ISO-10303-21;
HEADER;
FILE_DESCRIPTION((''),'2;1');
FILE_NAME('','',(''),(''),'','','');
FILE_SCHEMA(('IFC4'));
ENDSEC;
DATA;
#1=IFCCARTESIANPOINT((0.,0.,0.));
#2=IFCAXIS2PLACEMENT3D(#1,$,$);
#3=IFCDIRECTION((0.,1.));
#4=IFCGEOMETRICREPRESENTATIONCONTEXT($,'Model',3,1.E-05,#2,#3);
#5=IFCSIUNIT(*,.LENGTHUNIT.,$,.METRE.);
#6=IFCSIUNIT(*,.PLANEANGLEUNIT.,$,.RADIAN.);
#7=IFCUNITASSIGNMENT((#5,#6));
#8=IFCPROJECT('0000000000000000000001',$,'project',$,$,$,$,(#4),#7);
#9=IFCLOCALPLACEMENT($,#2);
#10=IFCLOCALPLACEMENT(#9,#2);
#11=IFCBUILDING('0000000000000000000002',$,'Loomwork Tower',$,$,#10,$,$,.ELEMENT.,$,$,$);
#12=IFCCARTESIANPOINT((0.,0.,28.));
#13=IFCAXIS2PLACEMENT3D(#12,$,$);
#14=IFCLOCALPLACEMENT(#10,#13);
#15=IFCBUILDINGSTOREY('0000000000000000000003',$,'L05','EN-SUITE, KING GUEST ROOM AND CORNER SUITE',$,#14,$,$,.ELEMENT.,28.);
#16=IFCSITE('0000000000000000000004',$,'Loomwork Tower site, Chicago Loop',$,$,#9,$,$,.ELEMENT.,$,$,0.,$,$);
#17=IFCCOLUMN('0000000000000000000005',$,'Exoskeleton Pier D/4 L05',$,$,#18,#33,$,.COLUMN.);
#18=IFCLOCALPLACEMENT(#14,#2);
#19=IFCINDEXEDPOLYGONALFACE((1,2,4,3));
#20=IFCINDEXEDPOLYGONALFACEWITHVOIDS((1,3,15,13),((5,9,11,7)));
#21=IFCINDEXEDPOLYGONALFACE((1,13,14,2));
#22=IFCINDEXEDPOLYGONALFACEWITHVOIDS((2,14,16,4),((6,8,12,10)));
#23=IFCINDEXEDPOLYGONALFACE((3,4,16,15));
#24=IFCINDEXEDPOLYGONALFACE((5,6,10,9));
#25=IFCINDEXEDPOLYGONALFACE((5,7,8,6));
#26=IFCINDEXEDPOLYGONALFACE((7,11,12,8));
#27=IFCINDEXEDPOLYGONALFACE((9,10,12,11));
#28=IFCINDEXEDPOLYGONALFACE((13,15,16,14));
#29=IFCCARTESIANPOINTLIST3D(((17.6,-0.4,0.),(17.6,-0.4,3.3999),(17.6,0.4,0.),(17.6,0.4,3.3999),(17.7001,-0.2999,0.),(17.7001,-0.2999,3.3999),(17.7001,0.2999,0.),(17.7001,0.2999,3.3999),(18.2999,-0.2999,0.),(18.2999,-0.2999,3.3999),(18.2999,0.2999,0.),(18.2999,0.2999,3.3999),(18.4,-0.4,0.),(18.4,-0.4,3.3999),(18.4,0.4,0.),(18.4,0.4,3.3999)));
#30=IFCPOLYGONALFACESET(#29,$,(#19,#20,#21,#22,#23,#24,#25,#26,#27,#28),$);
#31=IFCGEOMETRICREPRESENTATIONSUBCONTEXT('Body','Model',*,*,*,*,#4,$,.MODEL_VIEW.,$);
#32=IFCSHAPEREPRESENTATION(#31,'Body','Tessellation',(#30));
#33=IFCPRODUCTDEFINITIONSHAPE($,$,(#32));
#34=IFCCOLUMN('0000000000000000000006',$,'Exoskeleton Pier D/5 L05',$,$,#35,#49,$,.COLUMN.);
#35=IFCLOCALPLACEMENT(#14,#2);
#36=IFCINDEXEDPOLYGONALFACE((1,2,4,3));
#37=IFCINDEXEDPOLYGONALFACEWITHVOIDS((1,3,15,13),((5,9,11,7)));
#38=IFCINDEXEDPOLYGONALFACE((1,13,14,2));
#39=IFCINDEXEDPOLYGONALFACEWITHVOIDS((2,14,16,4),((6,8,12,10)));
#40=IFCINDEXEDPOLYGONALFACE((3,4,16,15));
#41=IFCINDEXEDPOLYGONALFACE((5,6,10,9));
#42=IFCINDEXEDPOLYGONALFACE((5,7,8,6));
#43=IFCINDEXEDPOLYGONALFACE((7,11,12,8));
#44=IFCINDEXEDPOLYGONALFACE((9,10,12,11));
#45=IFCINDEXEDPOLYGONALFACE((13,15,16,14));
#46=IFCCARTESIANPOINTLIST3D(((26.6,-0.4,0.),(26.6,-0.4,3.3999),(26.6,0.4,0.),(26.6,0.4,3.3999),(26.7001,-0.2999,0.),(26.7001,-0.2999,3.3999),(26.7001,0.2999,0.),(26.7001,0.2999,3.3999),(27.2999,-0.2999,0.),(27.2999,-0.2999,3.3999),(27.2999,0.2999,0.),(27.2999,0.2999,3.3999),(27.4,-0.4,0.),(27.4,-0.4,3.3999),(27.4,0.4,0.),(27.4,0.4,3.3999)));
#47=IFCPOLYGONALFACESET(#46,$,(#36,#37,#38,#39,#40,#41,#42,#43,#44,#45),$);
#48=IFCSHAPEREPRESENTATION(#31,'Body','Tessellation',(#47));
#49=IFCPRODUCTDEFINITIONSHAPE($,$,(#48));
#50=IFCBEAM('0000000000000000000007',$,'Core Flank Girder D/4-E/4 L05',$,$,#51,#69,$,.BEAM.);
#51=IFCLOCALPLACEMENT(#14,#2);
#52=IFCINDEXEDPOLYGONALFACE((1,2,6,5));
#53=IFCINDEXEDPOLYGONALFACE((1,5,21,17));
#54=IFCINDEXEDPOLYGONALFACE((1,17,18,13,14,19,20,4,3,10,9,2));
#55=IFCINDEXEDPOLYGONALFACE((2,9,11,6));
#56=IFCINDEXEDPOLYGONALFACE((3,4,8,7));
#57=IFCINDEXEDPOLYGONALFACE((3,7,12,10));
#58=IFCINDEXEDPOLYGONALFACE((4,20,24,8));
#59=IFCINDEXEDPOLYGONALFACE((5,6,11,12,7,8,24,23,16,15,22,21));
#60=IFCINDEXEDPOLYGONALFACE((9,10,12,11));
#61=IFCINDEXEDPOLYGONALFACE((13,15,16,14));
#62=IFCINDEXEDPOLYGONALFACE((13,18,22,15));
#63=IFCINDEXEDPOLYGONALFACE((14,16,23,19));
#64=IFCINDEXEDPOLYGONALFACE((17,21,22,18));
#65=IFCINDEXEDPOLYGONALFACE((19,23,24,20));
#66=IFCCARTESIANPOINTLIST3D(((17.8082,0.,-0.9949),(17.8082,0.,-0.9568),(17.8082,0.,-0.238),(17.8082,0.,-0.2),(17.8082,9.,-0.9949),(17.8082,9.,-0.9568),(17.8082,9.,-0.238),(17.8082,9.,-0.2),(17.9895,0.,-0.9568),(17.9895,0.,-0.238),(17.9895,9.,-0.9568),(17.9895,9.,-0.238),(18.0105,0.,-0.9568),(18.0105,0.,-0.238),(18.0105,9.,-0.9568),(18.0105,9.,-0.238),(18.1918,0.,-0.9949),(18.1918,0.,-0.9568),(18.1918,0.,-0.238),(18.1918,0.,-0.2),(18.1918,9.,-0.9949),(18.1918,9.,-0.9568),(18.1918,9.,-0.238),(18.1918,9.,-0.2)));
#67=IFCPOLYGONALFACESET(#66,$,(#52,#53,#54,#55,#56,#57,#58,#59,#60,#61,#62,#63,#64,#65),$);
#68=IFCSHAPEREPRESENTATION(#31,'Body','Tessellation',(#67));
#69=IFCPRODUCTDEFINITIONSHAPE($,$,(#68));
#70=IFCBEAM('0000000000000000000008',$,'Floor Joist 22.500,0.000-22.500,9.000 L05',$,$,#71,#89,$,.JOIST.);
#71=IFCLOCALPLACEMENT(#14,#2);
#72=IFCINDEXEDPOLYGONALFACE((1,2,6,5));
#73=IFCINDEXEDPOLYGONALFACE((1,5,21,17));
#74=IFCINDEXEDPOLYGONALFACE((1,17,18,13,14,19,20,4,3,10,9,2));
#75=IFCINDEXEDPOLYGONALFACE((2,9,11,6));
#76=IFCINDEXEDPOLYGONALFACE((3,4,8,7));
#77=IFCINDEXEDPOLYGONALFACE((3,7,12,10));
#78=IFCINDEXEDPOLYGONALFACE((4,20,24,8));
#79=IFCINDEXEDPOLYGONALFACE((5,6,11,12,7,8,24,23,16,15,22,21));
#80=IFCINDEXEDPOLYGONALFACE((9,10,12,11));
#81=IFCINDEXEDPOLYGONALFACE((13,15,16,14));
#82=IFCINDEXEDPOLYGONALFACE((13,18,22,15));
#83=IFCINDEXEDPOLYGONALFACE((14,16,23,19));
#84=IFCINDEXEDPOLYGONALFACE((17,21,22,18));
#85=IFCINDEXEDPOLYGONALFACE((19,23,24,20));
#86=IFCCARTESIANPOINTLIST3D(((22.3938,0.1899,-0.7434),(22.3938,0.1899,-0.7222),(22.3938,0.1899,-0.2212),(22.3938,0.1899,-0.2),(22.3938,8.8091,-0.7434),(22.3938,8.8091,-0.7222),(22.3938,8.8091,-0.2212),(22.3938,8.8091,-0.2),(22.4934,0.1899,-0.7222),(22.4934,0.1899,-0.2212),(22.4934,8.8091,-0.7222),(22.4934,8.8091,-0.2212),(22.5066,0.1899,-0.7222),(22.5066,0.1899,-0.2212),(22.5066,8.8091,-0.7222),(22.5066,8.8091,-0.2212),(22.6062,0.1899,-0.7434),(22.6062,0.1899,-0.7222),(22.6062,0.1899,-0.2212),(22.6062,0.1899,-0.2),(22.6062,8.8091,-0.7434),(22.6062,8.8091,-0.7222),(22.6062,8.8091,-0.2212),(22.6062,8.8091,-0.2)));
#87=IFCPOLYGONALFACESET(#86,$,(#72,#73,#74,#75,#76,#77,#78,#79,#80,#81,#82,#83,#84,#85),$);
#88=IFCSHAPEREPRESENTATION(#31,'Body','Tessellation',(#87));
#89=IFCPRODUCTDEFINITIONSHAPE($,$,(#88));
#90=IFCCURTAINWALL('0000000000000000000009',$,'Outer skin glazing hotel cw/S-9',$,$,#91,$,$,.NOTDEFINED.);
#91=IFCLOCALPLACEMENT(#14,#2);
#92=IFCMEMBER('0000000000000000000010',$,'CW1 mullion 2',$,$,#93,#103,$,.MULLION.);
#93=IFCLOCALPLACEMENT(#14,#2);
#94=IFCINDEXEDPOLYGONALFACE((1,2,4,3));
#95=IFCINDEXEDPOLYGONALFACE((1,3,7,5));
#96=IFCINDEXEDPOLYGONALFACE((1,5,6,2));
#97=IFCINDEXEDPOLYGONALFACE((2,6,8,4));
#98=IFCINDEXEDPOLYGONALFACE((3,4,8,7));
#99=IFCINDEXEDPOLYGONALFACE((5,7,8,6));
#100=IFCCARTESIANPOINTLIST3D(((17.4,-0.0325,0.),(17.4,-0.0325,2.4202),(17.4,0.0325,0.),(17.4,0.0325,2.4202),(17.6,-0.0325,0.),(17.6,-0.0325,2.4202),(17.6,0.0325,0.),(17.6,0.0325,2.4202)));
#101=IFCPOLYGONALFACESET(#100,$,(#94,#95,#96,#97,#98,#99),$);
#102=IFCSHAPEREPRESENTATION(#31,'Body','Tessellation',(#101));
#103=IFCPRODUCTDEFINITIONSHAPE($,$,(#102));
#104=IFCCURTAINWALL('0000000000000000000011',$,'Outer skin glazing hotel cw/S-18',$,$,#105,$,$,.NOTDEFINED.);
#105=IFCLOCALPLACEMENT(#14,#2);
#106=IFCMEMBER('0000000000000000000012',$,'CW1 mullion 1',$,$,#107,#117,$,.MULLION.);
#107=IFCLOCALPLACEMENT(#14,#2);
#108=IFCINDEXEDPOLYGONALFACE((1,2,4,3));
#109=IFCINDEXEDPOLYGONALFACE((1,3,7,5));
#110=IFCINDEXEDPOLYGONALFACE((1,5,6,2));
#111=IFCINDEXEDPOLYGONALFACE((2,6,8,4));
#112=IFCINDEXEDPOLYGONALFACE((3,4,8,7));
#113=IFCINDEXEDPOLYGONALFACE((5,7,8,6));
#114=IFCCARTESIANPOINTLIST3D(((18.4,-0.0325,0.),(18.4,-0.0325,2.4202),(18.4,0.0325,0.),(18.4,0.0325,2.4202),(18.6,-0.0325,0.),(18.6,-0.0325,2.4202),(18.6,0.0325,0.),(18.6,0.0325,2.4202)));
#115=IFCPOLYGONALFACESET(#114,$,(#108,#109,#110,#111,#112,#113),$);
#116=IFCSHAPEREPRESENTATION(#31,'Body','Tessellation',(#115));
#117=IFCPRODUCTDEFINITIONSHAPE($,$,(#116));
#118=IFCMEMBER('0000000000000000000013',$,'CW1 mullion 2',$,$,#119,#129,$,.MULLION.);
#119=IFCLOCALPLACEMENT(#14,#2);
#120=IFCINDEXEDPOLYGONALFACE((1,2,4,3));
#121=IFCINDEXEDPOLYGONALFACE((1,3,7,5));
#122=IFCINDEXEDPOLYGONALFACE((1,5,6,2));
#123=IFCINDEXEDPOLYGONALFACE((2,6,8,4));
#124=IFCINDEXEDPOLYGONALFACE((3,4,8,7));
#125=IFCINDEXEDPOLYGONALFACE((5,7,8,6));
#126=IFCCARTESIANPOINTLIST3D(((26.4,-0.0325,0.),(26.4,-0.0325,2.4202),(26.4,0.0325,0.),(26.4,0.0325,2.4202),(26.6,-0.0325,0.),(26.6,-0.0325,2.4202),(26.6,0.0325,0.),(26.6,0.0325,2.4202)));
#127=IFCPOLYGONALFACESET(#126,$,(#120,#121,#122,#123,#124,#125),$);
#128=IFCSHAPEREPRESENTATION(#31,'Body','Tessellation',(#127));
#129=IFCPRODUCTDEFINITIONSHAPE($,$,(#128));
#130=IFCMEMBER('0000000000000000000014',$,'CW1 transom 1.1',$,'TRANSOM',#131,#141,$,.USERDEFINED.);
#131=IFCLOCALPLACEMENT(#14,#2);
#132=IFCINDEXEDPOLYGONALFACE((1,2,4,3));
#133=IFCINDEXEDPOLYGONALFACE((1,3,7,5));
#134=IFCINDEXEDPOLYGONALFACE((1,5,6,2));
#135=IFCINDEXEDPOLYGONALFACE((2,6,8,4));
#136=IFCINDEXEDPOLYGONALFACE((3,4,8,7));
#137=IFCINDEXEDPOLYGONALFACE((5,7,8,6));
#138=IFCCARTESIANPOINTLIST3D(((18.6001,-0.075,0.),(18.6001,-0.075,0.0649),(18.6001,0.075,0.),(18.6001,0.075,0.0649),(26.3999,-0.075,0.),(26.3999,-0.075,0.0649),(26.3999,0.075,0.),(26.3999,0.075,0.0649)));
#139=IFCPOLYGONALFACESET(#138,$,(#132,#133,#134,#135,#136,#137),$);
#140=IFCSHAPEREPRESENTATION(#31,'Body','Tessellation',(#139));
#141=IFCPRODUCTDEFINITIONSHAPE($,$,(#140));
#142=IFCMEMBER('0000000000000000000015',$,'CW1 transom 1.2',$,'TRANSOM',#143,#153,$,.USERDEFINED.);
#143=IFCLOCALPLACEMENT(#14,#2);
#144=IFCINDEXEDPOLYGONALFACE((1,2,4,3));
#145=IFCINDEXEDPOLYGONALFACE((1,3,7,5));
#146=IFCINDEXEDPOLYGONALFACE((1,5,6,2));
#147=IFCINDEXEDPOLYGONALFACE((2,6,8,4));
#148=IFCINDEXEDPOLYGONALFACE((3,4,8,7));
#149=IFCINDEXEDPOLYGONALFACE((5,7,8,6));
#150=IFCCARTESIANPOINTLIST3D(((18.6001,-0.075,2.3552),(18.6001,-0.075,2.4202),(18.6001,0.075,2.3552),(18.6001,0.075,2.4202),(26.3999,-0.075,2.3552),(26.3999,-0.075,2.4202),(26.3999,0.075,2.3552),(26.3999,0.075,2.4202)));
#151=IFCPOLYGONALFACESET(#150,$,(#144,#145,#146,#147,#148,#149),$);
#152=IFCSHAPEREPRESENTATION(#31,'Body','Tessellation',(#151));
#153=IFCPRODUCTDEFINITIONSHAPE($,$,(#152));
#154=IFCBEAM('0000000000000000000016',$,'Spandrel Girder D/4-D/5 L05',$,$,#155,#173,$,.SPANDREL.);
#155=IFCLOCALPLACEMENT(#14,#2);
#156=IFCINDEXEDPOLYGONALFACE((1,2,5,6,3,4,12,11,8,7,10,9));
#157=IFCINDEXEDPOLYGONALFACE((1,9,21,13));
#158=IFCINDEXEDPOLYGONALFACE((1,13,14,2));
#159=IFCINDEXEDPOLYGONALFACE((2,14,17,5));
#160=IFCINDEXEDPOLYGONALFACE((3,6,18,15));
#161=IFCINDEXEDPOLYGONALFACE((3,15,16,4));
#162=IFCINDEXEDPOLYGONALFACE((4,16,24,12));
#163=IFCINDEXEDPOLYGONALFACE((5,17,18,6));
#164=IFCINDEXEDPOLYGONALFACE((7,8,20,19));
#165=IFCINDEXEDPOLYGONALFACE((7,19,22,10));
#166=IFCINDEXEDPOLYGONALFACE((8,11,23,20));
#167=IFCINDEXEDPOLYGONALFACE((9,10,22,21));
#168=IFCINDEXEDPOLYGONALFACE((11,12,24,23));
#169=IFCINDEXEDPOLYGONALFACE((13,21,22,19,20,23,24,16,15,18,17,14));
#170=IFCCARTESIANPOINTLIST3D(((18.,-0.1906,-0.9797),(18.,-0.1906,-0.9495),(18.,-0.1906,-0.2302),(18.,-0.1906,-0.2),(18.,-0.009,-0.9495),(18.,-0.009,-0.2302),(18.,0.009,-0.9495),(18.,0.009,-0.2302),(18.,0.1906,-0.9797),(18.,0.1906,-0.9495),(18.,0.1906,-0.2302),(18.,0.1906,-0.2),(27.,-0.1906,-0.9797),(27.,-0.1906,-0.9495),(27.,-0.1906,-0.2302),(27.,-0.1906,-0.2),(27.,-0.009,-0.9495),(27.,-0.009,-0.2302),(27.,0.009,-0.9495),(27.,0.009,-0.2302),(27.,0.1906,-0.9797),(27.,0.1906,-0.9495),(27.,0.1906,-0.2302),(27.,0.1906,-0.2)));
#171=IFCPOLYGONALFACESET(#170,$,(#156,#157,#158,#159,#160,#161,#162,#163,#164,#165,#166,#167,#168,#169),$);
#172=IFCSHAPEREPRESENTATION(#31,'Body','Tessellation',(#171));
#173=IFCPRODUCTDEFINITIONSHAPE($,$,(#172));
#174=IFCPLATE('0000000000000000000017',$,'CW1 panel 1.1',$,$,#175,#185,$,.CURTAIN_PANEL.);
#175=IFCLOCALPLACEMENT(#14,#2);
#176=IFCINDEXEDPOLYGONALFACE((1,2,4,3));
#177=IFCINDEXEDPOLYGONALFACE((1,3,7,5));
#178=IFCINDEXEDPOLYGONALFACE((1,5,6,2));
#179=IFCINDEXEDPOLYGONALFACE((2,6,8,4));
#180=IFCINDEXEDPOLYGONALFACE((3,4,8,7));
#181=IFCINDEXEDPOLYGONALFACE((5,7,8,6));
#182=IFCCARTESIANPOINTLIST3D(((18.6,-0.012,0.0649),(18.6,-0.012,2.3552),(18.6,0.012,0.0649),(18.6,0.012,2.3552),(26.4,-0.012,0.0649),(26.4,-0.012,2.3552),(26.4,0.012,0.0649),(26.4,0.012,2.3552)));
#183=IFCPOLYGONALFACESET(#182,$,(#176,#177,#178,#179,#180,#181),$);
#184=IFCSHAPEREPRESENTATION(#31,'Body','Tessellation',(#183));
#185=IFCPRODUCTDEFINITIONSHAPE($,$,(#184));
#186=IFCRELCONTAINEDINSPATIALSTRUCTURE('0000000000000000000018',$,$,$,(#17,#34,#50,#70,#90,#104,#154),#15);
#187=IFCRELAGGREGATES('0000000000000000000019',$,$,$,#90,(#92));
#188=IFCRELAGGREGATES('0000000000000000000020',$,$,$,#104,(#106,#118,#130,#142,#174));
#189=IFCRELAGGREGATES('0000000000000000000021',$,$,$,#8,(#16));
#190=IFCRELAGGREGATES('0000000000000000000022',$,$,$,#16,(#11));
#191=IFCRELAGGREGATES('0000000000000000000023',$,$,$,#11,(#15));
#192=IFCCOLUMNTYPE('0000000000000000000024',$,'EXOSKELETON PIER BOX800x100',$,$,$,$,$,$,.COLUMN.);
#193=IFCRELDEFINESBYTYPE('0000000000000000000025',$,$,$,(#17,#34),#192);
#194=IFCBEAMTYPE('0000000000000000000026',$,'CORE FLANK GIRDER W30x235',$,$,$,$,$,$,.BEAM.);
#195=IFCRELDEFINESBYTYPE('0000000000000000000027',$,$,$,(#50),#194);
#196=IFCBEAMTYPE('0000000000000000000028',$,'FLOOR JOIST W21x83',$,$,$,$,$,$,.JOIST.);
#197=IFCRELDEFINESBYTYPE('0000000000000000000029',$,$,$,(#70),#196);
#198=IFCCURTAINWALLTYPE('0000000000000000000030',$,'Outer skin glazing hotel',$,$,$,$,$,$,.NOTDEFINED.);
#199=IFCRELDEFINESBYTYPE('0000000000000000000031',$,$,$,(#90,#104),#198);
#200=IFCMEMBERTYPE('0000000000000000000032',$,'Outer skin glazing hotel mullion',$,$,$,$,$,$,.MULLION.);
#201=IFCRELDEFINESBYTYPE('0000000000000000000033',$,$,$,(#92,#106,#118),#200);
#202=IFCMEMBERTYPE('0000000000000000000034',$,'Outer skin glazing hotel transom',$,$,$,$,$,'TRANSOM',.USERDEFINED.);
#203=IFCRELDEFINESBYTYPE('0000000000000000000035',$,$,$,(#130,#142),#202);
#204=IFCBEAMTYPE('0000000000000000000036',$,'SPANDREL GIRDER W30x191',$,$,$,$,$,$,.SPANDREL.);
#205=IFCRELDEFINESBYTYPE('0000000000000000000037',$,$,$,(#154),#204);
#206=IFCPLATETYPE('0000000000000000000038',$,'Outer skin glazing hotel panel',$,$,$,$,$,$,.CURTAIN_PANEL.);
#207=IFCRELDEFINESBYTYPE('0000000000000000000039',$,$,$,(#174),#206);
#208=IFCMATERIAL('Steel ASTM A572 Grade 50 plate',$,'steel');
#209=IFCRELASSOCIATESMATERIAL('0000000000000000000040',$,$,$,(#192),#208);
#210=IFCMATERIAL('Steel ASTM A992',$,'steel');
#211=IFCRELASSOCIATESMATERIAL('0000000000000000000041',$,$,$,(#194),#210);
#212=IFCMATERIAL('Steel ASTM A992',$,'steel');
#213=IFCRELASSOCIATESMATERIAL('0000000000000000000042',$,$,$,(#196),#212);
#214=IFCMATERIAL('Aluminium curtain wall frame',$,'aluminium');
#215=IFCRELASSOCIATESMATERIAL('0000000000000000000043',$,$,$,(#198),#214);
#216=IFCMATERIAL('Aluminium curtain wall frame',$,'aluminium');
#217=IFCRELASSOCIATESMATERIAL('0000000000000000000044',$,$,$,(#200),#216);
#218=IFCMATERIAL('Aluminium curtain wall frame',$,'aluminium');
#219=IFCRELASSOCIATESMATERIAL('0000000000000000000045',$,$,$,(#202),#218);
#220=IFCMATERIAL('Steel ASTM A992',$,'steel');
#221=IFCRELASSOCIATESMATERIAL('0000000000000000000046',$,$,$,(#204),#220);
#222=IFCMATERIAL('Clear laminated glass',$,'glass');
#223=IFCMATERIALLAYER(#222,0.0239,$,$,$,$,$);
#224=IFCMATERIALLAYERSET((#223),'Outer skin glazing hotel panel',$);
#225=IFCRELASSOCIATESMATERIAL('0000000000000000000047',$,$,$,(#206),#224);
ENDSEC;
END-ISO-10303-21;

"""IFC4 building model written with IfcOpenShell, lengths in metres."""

from ifc_helpers import new_model, si_unit, direction, frame, origin, origin_2d, place, context, subcontext, project, spatial, rectangle, hollow_rectangle, i_section, extrude, material, layer, layer_set, material_profile, profile_set, type_object, element, aggregate, save


model = new_model("IFC4")

# Units and contexts
model_context = context("Model", 3, precision=1e-05, world=origin(), true_north=direction((0.0, 1.0)))
body_context = subcontext(model_context, "Body", "Model", "MODEL_VIEW")
ifc_project = project(units=[si_unit("LENGTHUNIT", "METRE"), si_unit("PLANEANGLEUNIT", "RADIAN")], contexts=[model_context])

# Site, building, storey
site_placement = place(None, origin())
site = spatial("IfcSite", under=ifc_project, at=site_placement, Name="Loomwork Tower site, Chicago Loop", CompositionType="ELEMENT", RefElevation=0.0)
building_placement = place(site_placement, origin())
building = spatial("IfcBuilding", under=site, at=building_placement, Name="Loomwork Tower", CompositionType="ELEMENT")
storey_placement = place(building_placement, frame((0.0, 0.0, 28.0)))
storey = spatial("IfcBuildingStorey", under=building, at=storey_placement, Name="L05", Description="EN-SUITE, KING GUEST ROOM AND CORNER SUITE", CompositionType="ELEMENT", Elevation=28.0)

# Columns
ifc_material_1 = material(Name="Steel ASTM A572 Grade 50 plate", Category="steel")
ifc_material_profile_1 = material_profile(ifc_material_1, hollow_rectangle(XDim=0.8, YDim=0.8, WallThickness=0.1001, at=origin_2d()), Name="BOX800x100")
ifc_profile_set_1 = profile_set([ifc_material_profile_1], Name="Steel ASTM A572 Grade 50 plate")
column_type = type_object("IfcColumnType", Name="EXOSKELETON PIER BOX800x100", PredefinedType="COLUMN", material=ifc_profile_set_1)
for number, where, z_axis, x_axis, name in (
    (1, (18.0, 0.0, 0.0), (0.0, 0.0, 1.0), (1.0, 0.0, 0.0), "Exoskeleton Pier D/4 L05"),
    (2, (27.0, 0.0, 0.0), (0.0, 0.0, 1.0), (1.0, 0.0, 0.0), "Exoskeleton Pier D/5 L05"),
):
    element("IfcColumn", number, at=place(storey_placement, frame(where, z_axis=z_axis, x_axis=x_axis)), inside=storey, type_object=column_type, Name=name, PredefinedType="COLUMN", context=body_context, shape_type="SweptSolid", body=[
        extrude(hollow_rectangle(XDim=0.8, YDim=0.8, WallThickness=0.1001, at=origin_2d()), origin(), (0.0, 0.0, 1.0), 3.3999),
    ])

# Beams
ifc_material_2 = material(Name="Steel ASTM A992", Category="steel")
ifc_material_profile_2 = material_profile(ifc_material_2, i_section(OverallWidth=0.3835, OverallDepth=0.7949, WebThickness=0.021, FlangeThickness=0.0381, at=origin_2d()), Name="W30x235")
ifc_profile_set_2 = profile_set([ifc_material_profile_2], Name="Steel ASTM A992")
beam_type_1 = type_object("IfcBeamType", Name="CORE FLANK GIRDER W30x235", PredefinedType="BEAM", material=ifc_profile_set_2)
beam_1_placement = place(storey_placement, frame((18.0, 0.0, -0.5974), z_axis=(0.0, 1.0, 0.0), x_axis=(-1.0, 0.0, 0.0)))
element("IfcBeam", 3, at=beam_1_placement, inside=storey, type_object=beam_type_1, Name="Core Flank Girder D/4-E/4 L05", PredefinedType="BEAM", context=body_context, shape_type="SweptSolid", body=[
    extrude(i_section(OverallWidth=0.3835, OverallDepth=0.7949, WebThickness=0.021, FlangeThickness=0.0381, at=origin_2d()), origin(), (0.0, 0.0, 1.0), 9.0),
])
ifc_material_3 = material(Name="Steel ASTM A992", Category="steel")
ifc_material_profile_3 = material_profile(ifc_material_3, i_section(OverallWidth=0.2124, OverallDepth=0.5435, WebThickness=0.0132, FlangeThickness=0.0212, at=origin_2d()), Name="W21x83")
ifc_profile_set_3 = profile_set([ifc_material_profile_3], Name="Steel ASTM A992")
beam_type_2 = type_object("IfcBeamType", Name="FLOOR JOIST W21x83", PredefinedType="JOIST", material=ifc_profile_set_3)
beam_2_placement = place(storey_placement, frame((22.5, 0.1899, -0.4717), z_axis=(0.0, 1.0, 0.0), x_axis=(-1.0, 0.0, 0.0)))
element("IfcBeam", 4, at=beam_2_placement, inside=storey, type_object=beam_type_2, Name="Floor Joist 22.500,0.000-22.500,9.000 L05", PredefinedType="JOIST", context=body_context, shape_type="SweptSolid", body=[
    extrude(i_section(OverallWidth=0.2124, OverallDepth=0.5435, WebThickness=0.0132, FlangeThickness=0.0212, at=origin_2d()), origin(), (0.0, 0.0, 1.0), 8.6191),
])

# Curtain wall, member
ifc_material_4 = material(Name="Aluminium curtain wall frame", Category="aluminium")
curtain_wall_type = type_object("IfcCurtainWallType", Name="Outer skin glazing hotel", PredefinedType="NOTDEFINED", material=ifc_material_4)
curtain_wall_1_placement = place(storey_placement, origin())
curtain_wall_1 = element("IfcCurtainWall", 5, at=curtain_wall_1_placement, inside=storey, type_object=curtain_wall_type, Name="Outer skin glazing hotel cw/S-9", PredefinedType="NOTDEFINED")
ifc_material_5 = material(Name="Aluminium curtain wall frame", Category="aluminium")
ifc_material_profile_4 = material_profile(ifc_material_5, rectangle(XDim=0.0649, YDim=0.2, at=origin_2d()), Name="AL 65x200")
ifc_profile_set_4 = profile_set([ifc_material_profile_4], Name="Aluminium curtain wall frame")
member_type_1 = type_object("IfcMemberType", Name="Outer skin glazing hotel mullion", PredefinedType="MULLION", material=ifc_profile_set_4)
member_1_placement = place(storey_placement, frame((17.5, 0.0, 0.0), z_axis=(0.0, 0.0, 1.0), x_axis=(0.0, 1.0, 0.0)))
member_1 = element("IfcMember", 6, at=member_1_placement, type_object=member_type_1, Name="CW1 mullion 2", PredefinedType="MULLION", context=body_context, shape_type="SweptSolid", body=[
    extrude(rectangle(XDim=0.0649, YDim=0.2, at=origin_2d()), origin(), (0.0, 0.0, 1.0), 2.4202),
])
aggregate(curtain_wall_1, [member_1])

# Curtain wall, members
curtain_wall_2_placement = place(storey_placement, origin())
curtain_wall_2 = element("IfcCurtainWall", 7, at=curtain_wall_2_placement, inside=storey, type_object=curtain_wall_type, Name="Outer skin glazing hotel cw/S-18", PredefinedType="NOTDEFINED")
member_2_placement = place(storey_placement, frame((18.5, 0.0, 0.0), z_axis=(0.0, 0.0, 1.0), x_axis=(0.0, 1.0, 0.0)))
member_2 = element("IfcMember", 8, at=member_2_placement, type_object=member_type_1, Name="CW1 mullion 1", PredefinedType="MULLION", context=body_context, shape_type="SweptSolid", body=[
    extrude(rectangle(XDim=0.0649, YDim=0.2, at=origin_2d()), origin(), (0.0, 0.0, 1.0), 2.4202),
])
member_3_placement = place(storey_placement, frame((26.5, 0.0, 0.0), z_axis=(0.0, 0.0, 1.0), x_axis=(0.0, 1.0, 0.0)))
member_3 = element("IfcMember", 9, at=member_3_placement, type_object=member_type_1, Name="CW1 mullion 2", PredefinedType="MULLION", context=body_context, shape_type="SweptSolid", body=[
    extrude(rectangle(XDim=0.0649, YDim=0.2, at=origin_2d()), origin(), (0.0, 0.0, 1.0), 2.4202),
])
ifc_material_6 = material(Name="Aluminium curtain wall frame", Category="aluminium")
ifc_material_profile_5 = material_profile(ifc_material_6, rectangle(XDim=0.1499, YDim=0.0649, at=origin_2d()), Name="AL 65x150")
ifc_profile_set_5 = profile_set([ifc_material_profile_5], Name="Aluminium curtain wall frame")
member_type_2 = type_object("IfcMemberType", Name="Outer skin glazing hotel transom", ElementType="TRANSOM", PredefinedType="USERDEFINED", material=ifc_profile_set_5)
member_4_placement = place(storey_placement, frame((18.6001, 0.0, 0.0325), z_axis=(1.0, 0.0, 0.0), x_axis=(0.0, 1.0, 0.0)))
member_4 = element("IfcMember", 10, at=member_4_placement, type_object=member_type_2, Name="CW1 transom 1.1", ObjectType="TRANSOM", PredefinedType="USERDEFINED", context=body_context, shape_type="SweptSolid", body=[
    extrude(rectangle(XDim=0.1499, YDim=0.0649, at=origin_2d()), origin(), (0.0, 0.0, 1.0), 7.7998),
])
member_5_placement = place(storey_placement, frame((18.6001, 0.0, 2.3877), z_axis=(1.0, 0.0, 0.0), x_axis=(0.0, 1.0, 0.0)))
member_5 = element("IfcMember", 11, at=member_5_placement, type_object=member_type_2, Name="CW1 transom 1.2", ObjectType="TRANSOM", PredefinedType="USERDEFINED", context=body_context, shape_type="SweptSolid", body=[
    extrude(rectangle(XDim=0.1499, YDim=0.0649, at=origin_2d()), origin(), (0.0, 0.0, 1.0), 7.7998),
])

# Beam
ifc_material_7 = material(Name="Steel ASTM A992", Category="steel")
ifc_material_profile_6 = material_profile(ifc_material_7, i_section(OverallWidth=0.3811, OverallDepth=0.7798, WebThickness=0.0181, FlangeThickness=0.0303, at=origin_2d()), Name="W30x191")
ifc_profile_set_6 = profile_set([ifc_material_profile_6], Name="Steel ASTM A992")
beam_type_3 = type_object("IfcBeamType", Name="SPANDREL GIRDER W30x191", PredefinedType="SPANDREL", material=ifc_profile_set_6)
beam_3_placement = place(storey_placement, frame((18.0, 0.0, -0.5898), z_axis=(1.0, 0.0, 0.0), x_axis=(0.0, 1.0, 0.0)))
element("IfcBeam", 12, at=beam_3_placement, inside=storey, type_object=beam_type_3, Name="Spandrel Girder D/4-D/5 L05", PredefinedType="SPANDREL", context=body_context, shape_type="SweptSolid", body=[
    extrude(i_section(OverallWidth=0.3811, OverallDepth=0.7798, WebThickness=0.0181, FlangeThickness=0.0303, at=origin_2d()), origin(), (0.0, 0.0, 1.0), 9.0),
])

# Plate
ifc_material_8 = material(Name="Clear laminated glass", Category="glass")
ifc_layer_1 = layer(ifc_material_8, 0.0239)
ifc_layer_set_1 = layer_set([ifc_layer_1], Name="Outer skin glazing hotel panel")
plate_type = type_object("IfcPlateType", Name="Outer skin glazing hotel panel", PredefinedType="CURTAIN_PANEL", material=ifc_layer_set_1)
plate_placement = place(storey_placement, frame((22.5, 0.0, 0.0649), z_axis=(0.0, 0.0, 1.0), x_axis=(1.0, 0.0, 0.0)))
plate = element("IfcPlate", 13, at=plate_placement, type_object=plate_type, Name="CW1 panel 1.1", PredefinedType="CURTAIN_PANEL", context=body_context, shape_type="SweptSolid", body=[
    extrude(rectangle(XDim=7.8, YDim=0.0239, at=origin_2d()), origin(), (0.0, 0.0, 1.0), 2.2903),
])
aggregate(curtain_wall_2, [member_2, member_3, member_4, member_5, plate])

save(model, "model.ifc")
